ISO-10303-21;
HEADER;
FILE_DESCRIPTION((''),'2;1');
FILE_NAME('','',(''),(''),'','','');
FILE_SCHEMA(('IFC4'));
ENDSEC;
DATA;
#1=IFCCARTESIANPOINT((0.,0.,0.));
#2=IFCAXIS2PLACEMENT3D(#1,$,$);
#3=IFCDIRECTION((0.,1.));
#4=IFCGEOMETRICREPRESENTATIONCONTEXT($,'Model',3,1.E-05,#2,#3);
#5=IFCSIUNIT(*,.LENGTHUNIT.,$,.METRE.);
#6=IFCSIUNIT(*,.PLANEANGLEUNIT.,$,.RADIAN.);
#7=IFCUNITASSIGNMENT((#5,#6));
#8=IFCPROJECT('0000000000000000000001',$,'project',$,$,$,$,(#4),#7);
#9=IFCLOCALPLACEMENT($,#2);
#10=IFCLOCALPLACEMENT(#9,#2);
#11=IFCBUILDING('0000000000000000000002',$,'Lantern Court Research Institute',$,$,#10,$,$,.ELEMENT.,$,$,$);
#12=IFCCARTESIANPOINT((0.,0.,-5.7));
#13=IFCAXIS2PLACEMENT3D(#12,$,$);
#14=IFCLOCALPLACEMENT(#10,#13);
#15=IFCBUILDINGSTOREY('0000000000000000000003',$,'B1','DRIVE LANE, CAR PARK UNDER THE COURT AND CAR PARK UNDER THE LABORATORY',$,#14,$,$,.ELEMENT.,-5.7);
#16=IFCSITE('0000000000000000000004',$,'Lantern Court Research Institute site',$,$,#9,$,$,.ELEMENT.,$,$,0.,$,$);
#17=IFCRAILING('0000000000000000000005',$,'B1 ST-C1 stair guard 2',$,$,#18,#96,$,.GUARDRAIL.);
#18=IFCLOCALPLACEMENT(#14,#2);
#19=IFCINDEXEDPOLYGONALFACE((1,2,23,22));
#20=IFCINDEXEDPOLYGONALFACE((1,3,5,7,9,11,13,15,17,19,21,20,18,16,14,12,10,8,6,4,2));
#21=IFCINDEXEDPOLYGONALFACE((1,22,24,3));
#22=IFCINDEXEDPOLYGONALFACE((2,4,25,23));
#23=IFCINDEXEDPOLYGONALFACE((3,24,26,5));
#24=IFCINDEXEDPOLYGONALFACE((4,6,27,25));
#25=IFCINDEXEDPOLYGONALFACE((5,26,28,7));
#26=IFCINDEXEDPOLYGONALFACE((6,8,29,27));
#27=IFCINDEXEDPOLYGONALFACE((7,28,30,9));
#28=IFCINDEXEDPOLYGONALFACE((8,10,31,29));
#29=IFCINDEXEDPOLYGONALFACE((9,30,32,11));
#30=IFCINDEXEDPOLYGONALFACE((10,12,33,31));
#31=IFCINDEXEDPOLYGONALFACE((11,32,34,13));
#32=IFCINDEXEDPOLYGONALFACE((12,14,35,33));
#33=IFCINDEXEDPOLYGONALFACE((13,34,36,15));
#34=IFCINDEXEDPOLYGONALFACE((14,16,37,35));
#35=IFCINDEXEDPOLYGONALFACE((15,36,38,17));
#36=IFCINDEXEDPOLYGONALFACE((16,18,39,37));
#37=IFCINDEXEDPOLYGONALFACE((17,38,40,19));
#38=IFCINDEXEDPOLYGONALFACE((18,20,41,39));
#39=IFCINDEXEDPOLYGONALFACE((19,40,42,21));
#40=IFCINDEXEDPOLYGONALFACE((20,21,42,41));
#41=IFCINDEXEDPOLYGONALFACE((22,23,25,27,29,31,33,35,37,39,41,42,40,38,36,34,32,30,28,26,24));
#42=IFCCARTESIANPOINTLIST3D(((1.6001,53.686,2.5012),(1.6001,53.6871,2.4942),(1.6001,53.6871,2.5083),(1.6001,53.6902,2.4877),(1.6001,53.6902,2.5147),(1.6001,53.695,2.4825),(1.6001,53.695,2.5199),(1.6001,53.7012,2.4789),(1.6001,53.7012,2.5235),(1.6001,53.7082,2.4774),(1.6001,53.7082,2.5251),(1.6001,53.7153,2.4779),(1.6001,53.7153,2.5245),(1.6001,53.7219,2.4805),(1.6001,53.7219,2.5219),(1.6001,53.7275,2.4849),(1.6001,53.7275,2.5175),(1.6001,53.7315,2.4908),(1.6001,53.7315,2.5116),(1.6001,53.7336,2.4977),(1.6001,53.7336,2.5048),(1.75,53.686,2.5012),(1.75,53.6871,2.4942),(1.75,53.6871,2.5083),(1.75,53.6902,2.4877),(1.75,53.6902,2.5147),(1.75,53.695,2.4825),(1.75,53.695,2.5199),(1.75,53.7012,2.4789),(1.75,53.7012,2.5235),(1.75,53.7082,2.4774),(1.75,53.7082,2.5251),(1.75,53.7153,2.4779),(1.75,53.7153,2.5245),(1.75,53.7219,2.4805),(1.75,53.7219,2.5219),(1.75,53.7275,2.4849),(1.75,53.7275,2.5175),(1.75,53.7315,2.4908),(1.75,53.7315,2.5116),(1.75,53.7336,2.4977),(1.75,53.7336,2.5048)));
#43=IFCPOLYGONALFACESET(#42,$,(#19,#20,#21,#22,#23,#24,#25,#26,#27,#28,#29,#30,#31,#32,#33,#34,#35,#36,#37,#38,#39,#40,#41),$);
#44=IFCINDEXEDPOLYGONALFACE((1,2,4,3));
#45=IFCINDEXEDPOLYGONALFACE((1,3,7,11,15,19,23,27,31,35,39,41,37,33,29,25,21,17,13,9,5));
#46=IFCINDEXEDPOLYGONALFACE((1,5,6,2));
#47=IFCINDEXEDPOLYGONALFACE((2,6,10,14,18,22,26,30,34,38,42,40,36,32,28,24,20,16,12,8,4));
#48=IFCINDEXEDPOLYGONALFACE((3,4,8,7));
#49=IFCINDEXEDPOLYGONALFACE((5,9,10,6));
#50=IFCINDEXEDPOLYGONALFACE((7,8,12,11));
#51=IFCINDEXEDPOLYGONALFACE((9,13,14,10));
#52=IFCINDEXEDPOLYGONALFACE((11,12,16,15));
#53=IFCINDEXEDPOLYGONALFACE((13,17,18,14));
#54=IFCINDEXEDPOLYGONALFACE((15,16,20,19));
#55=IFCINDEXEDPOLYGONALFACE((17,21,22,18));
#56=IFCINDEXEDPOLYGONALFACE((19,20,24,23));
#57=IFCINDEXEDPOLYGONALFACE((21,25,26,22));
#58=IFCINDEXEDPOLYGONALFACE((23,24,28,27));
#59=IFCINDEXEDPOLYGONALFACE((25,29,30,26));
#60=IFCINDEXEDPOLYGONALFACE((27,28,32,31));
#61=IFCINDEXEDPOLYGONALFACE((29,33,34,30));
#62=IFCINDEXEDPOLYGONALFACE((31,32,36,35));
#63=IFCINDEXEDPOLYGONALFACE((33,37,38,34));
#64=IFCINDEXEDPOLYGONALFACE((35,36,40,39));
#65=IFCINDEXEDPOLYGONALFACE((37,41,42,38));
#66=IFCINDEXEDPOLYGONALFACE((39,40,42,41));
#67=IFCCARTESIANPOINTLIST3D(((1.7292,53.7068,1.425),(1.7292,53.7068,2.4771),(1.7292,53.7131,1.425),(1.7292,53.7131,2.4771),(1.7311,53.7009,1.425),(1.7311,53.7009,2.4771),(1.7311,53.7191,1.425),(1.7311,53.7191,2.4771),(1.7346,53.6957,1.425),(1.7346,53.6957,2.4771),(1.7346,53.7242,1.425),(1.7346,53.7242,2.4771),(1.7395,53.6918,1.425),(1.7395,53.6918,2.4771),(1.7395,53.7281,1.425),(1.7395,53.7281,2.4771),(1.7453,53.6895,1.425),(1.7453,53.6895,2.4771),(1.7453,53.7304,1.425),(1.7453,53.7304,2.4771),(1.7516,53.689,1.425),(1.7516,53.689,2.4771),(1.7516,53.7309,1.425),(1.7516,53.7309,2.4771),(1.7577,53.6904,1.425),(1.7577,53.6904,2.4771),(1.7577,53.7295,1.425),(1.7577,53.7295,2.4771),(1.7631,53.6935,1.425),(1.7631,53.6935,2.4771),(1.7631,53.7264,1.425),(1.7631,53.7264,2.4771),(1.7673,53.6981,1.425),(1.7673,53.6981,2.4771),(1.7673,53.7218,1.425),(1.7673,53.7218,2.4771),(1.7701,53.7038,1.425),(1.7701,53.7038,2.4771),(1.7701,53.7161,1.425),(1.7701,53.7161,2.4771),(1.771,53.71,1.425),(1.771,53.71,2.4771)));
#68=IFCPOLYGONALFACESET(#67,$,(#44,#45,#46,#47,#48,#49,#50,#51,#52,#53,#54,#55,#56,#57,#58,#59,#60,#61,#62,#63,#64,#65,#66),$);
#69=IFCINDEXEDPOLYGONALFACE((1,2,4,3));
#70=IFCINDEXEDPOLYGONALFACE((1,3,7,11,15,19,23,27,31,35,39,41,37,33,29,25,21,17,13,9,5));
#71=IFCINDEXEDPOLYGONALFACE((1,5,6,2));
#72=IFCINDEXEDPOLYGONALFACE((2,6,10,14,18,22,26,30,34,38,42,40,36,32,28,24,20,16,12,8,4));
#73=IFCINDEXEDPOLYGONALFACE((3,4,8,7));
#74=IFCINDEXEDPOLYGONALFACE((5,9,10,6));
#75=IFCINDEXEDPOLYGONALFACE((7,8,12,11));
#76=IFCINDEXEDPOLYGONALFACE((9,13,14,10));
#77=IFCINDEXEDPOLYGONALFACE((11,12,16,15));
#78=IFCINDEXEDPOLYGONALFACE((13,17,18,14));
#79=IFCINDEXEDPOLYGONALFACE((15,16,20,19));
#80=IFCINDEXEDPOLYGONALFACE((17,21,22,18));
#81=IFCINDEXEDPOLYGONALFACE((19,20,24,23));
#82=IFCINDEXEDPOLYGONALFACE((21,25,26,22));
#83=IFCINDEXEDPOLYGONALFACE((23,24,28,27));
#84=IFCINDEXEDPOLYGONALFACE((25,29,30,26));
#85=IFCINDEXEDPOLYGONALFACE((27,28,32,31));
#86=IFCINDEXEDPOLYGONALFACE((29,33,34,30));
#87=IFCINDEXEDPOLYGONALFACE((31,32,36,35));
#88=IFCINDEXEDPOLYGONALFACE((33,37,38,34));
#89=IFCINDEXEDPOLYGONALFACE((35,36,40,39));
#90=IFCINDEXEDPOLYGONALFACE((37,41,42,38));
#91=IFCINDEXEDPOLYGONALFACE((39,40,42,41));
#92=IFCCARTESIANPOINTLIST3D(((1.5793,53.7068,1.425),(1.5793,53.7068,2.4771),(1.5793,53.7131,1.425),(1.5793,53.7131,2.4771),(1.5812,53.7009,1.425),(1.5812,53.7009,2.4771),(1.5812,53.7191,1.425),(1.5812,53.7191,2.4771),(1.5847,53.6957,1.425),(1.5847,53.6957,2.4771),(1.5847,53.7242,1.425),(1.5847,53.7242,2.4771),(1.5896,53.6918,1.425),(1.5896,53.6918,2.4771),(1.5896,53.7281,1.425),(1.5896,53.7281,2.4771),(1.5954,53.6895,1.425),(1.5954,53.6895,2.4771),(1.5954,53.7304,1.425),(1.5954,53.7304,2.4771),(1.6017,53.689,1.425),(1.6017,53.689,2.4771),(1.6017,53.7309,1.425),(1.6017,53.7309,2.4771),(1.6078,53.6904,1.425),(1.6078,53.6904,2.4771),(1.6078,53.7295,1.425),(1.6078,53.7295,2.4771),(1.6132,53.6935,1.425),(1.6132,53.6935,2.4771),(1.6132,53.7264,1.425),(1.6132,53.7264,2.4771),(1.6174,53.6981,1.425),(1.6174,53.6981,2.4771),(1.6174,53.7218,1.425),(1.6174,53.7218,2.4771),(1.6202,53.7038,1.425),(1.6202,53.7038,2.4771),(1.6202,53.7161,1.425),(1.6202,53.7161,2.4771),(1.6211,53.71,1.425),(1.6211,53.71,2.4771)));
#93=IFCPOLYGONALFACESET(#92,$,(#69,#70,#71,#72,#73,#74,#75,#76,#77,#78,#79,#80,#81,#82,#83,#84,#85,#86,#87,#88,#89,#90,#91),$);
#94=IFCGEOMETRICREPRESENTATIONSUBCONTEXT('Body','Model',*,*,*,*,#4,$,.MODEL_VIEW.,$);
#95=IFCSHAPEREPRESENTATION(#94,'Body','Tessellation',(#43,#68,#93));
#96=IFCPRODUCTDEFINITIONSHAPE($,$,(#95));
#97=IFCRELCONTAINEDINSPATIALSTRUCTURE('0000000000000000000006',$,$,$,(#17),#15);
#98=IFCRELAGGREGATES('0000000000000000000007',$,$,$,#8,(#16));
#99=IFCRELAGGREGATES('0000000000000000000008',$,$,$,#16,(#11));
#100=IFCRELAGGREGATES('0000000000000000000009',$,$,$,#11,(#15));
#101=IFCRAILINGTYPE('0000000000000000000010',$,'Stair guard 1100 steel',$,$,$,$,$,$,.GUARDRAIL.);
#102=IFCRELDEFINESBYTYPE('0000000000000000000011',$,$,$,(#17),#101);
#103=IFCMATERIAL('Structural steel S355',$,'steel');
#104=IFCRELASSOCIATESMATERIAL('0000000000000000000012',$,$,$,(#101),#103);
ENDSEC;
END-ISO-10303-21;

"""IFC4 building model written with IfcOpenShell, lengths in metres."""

from ifc_helpers import new_model, si_unit, direction, frame, origin, origin_2d, place, context, subcontext, project, spatial, circle, extrude, material, type_object, element, save


model = new_model("IFC4")

# Units and contexts
model_context = context("Model", 3, precision=1e-05, world=origin(), true_north=direction((0.0, 1.0)))
body_context = subcontext(model_context, "Body", "Model", "MODEL_VIEW")
ifc_project = project(units=[si_unit("LENGTHUNIT", "METRE"), si_unit("PLANEANGLEUNIT", "RADIAN")], contexts=[model_context])

# Site, building, storey
site_placement = place(None, origin())
site = spatial("IfcSite", under=ifc_project, at=site_placement, Name="Lantern Court Research Institute site", CompositionType="ELEMENT", RefElevation=0.0)
building_placement = place(site_placement, origin())
building = spatial("IfcBuilding", under=site, at=building_placement, Name="Lantern Court Research Institute", CompositionType="ELEMENT")
storey_placement = place(building_placement, frame((0.0, 0.0, -5.7)))
storey = spatial("IfcBuildingStorey", under=building, at=storey_placement, Name="B1", Description="DRIVE LANE, CAR PARK UNDER THE COURT AND CAR PARK UNDER THE LABORATORY", CompositionType="ELEMENT", Elevation=-5.7)

# Railing
ifc_material_1 = material(Name="Structural steel S355", Category="steel")
railing_type_1 = type_object("IfcRailingType", Name="Stair guard 1100 steel", PredefinedType="GUARDRAIL", material=ifc_material_1)
railing_1_placement = place(storey_placement, frame((1.75, 53.71, 1.425)))
element("IfcRailing", 1, at=railing_1_placement, inside=storey, type_object=railing_type_1, Name="B1 ST-C1 stair guard 2", PredefinedType="GUARDRAIL", context=body_context, shape_type="SweptSolid", body=[
    extrude(circle(Radius=0.0239, at=origin_2d()), frame((0.0, 0.0, 1.0762), z_axis=(-1.0, 0.0, 0.0), x_axis=(0.0, -1.0, 0.0)), (0.0, 0.0, 1.0), 0.1499),
    extrude(circle(Radius=0.021, at=origin_2d()), origin(), (0.0, 0.0, 1.0), 1.052),
    extrude(circle(Radius=0.021, at=origin_2d()), frame((-0.1499, 0.0, 0.0)), (0.0, 0.0, 1.0), 1.052),
])

save(model, "model.ifc")
